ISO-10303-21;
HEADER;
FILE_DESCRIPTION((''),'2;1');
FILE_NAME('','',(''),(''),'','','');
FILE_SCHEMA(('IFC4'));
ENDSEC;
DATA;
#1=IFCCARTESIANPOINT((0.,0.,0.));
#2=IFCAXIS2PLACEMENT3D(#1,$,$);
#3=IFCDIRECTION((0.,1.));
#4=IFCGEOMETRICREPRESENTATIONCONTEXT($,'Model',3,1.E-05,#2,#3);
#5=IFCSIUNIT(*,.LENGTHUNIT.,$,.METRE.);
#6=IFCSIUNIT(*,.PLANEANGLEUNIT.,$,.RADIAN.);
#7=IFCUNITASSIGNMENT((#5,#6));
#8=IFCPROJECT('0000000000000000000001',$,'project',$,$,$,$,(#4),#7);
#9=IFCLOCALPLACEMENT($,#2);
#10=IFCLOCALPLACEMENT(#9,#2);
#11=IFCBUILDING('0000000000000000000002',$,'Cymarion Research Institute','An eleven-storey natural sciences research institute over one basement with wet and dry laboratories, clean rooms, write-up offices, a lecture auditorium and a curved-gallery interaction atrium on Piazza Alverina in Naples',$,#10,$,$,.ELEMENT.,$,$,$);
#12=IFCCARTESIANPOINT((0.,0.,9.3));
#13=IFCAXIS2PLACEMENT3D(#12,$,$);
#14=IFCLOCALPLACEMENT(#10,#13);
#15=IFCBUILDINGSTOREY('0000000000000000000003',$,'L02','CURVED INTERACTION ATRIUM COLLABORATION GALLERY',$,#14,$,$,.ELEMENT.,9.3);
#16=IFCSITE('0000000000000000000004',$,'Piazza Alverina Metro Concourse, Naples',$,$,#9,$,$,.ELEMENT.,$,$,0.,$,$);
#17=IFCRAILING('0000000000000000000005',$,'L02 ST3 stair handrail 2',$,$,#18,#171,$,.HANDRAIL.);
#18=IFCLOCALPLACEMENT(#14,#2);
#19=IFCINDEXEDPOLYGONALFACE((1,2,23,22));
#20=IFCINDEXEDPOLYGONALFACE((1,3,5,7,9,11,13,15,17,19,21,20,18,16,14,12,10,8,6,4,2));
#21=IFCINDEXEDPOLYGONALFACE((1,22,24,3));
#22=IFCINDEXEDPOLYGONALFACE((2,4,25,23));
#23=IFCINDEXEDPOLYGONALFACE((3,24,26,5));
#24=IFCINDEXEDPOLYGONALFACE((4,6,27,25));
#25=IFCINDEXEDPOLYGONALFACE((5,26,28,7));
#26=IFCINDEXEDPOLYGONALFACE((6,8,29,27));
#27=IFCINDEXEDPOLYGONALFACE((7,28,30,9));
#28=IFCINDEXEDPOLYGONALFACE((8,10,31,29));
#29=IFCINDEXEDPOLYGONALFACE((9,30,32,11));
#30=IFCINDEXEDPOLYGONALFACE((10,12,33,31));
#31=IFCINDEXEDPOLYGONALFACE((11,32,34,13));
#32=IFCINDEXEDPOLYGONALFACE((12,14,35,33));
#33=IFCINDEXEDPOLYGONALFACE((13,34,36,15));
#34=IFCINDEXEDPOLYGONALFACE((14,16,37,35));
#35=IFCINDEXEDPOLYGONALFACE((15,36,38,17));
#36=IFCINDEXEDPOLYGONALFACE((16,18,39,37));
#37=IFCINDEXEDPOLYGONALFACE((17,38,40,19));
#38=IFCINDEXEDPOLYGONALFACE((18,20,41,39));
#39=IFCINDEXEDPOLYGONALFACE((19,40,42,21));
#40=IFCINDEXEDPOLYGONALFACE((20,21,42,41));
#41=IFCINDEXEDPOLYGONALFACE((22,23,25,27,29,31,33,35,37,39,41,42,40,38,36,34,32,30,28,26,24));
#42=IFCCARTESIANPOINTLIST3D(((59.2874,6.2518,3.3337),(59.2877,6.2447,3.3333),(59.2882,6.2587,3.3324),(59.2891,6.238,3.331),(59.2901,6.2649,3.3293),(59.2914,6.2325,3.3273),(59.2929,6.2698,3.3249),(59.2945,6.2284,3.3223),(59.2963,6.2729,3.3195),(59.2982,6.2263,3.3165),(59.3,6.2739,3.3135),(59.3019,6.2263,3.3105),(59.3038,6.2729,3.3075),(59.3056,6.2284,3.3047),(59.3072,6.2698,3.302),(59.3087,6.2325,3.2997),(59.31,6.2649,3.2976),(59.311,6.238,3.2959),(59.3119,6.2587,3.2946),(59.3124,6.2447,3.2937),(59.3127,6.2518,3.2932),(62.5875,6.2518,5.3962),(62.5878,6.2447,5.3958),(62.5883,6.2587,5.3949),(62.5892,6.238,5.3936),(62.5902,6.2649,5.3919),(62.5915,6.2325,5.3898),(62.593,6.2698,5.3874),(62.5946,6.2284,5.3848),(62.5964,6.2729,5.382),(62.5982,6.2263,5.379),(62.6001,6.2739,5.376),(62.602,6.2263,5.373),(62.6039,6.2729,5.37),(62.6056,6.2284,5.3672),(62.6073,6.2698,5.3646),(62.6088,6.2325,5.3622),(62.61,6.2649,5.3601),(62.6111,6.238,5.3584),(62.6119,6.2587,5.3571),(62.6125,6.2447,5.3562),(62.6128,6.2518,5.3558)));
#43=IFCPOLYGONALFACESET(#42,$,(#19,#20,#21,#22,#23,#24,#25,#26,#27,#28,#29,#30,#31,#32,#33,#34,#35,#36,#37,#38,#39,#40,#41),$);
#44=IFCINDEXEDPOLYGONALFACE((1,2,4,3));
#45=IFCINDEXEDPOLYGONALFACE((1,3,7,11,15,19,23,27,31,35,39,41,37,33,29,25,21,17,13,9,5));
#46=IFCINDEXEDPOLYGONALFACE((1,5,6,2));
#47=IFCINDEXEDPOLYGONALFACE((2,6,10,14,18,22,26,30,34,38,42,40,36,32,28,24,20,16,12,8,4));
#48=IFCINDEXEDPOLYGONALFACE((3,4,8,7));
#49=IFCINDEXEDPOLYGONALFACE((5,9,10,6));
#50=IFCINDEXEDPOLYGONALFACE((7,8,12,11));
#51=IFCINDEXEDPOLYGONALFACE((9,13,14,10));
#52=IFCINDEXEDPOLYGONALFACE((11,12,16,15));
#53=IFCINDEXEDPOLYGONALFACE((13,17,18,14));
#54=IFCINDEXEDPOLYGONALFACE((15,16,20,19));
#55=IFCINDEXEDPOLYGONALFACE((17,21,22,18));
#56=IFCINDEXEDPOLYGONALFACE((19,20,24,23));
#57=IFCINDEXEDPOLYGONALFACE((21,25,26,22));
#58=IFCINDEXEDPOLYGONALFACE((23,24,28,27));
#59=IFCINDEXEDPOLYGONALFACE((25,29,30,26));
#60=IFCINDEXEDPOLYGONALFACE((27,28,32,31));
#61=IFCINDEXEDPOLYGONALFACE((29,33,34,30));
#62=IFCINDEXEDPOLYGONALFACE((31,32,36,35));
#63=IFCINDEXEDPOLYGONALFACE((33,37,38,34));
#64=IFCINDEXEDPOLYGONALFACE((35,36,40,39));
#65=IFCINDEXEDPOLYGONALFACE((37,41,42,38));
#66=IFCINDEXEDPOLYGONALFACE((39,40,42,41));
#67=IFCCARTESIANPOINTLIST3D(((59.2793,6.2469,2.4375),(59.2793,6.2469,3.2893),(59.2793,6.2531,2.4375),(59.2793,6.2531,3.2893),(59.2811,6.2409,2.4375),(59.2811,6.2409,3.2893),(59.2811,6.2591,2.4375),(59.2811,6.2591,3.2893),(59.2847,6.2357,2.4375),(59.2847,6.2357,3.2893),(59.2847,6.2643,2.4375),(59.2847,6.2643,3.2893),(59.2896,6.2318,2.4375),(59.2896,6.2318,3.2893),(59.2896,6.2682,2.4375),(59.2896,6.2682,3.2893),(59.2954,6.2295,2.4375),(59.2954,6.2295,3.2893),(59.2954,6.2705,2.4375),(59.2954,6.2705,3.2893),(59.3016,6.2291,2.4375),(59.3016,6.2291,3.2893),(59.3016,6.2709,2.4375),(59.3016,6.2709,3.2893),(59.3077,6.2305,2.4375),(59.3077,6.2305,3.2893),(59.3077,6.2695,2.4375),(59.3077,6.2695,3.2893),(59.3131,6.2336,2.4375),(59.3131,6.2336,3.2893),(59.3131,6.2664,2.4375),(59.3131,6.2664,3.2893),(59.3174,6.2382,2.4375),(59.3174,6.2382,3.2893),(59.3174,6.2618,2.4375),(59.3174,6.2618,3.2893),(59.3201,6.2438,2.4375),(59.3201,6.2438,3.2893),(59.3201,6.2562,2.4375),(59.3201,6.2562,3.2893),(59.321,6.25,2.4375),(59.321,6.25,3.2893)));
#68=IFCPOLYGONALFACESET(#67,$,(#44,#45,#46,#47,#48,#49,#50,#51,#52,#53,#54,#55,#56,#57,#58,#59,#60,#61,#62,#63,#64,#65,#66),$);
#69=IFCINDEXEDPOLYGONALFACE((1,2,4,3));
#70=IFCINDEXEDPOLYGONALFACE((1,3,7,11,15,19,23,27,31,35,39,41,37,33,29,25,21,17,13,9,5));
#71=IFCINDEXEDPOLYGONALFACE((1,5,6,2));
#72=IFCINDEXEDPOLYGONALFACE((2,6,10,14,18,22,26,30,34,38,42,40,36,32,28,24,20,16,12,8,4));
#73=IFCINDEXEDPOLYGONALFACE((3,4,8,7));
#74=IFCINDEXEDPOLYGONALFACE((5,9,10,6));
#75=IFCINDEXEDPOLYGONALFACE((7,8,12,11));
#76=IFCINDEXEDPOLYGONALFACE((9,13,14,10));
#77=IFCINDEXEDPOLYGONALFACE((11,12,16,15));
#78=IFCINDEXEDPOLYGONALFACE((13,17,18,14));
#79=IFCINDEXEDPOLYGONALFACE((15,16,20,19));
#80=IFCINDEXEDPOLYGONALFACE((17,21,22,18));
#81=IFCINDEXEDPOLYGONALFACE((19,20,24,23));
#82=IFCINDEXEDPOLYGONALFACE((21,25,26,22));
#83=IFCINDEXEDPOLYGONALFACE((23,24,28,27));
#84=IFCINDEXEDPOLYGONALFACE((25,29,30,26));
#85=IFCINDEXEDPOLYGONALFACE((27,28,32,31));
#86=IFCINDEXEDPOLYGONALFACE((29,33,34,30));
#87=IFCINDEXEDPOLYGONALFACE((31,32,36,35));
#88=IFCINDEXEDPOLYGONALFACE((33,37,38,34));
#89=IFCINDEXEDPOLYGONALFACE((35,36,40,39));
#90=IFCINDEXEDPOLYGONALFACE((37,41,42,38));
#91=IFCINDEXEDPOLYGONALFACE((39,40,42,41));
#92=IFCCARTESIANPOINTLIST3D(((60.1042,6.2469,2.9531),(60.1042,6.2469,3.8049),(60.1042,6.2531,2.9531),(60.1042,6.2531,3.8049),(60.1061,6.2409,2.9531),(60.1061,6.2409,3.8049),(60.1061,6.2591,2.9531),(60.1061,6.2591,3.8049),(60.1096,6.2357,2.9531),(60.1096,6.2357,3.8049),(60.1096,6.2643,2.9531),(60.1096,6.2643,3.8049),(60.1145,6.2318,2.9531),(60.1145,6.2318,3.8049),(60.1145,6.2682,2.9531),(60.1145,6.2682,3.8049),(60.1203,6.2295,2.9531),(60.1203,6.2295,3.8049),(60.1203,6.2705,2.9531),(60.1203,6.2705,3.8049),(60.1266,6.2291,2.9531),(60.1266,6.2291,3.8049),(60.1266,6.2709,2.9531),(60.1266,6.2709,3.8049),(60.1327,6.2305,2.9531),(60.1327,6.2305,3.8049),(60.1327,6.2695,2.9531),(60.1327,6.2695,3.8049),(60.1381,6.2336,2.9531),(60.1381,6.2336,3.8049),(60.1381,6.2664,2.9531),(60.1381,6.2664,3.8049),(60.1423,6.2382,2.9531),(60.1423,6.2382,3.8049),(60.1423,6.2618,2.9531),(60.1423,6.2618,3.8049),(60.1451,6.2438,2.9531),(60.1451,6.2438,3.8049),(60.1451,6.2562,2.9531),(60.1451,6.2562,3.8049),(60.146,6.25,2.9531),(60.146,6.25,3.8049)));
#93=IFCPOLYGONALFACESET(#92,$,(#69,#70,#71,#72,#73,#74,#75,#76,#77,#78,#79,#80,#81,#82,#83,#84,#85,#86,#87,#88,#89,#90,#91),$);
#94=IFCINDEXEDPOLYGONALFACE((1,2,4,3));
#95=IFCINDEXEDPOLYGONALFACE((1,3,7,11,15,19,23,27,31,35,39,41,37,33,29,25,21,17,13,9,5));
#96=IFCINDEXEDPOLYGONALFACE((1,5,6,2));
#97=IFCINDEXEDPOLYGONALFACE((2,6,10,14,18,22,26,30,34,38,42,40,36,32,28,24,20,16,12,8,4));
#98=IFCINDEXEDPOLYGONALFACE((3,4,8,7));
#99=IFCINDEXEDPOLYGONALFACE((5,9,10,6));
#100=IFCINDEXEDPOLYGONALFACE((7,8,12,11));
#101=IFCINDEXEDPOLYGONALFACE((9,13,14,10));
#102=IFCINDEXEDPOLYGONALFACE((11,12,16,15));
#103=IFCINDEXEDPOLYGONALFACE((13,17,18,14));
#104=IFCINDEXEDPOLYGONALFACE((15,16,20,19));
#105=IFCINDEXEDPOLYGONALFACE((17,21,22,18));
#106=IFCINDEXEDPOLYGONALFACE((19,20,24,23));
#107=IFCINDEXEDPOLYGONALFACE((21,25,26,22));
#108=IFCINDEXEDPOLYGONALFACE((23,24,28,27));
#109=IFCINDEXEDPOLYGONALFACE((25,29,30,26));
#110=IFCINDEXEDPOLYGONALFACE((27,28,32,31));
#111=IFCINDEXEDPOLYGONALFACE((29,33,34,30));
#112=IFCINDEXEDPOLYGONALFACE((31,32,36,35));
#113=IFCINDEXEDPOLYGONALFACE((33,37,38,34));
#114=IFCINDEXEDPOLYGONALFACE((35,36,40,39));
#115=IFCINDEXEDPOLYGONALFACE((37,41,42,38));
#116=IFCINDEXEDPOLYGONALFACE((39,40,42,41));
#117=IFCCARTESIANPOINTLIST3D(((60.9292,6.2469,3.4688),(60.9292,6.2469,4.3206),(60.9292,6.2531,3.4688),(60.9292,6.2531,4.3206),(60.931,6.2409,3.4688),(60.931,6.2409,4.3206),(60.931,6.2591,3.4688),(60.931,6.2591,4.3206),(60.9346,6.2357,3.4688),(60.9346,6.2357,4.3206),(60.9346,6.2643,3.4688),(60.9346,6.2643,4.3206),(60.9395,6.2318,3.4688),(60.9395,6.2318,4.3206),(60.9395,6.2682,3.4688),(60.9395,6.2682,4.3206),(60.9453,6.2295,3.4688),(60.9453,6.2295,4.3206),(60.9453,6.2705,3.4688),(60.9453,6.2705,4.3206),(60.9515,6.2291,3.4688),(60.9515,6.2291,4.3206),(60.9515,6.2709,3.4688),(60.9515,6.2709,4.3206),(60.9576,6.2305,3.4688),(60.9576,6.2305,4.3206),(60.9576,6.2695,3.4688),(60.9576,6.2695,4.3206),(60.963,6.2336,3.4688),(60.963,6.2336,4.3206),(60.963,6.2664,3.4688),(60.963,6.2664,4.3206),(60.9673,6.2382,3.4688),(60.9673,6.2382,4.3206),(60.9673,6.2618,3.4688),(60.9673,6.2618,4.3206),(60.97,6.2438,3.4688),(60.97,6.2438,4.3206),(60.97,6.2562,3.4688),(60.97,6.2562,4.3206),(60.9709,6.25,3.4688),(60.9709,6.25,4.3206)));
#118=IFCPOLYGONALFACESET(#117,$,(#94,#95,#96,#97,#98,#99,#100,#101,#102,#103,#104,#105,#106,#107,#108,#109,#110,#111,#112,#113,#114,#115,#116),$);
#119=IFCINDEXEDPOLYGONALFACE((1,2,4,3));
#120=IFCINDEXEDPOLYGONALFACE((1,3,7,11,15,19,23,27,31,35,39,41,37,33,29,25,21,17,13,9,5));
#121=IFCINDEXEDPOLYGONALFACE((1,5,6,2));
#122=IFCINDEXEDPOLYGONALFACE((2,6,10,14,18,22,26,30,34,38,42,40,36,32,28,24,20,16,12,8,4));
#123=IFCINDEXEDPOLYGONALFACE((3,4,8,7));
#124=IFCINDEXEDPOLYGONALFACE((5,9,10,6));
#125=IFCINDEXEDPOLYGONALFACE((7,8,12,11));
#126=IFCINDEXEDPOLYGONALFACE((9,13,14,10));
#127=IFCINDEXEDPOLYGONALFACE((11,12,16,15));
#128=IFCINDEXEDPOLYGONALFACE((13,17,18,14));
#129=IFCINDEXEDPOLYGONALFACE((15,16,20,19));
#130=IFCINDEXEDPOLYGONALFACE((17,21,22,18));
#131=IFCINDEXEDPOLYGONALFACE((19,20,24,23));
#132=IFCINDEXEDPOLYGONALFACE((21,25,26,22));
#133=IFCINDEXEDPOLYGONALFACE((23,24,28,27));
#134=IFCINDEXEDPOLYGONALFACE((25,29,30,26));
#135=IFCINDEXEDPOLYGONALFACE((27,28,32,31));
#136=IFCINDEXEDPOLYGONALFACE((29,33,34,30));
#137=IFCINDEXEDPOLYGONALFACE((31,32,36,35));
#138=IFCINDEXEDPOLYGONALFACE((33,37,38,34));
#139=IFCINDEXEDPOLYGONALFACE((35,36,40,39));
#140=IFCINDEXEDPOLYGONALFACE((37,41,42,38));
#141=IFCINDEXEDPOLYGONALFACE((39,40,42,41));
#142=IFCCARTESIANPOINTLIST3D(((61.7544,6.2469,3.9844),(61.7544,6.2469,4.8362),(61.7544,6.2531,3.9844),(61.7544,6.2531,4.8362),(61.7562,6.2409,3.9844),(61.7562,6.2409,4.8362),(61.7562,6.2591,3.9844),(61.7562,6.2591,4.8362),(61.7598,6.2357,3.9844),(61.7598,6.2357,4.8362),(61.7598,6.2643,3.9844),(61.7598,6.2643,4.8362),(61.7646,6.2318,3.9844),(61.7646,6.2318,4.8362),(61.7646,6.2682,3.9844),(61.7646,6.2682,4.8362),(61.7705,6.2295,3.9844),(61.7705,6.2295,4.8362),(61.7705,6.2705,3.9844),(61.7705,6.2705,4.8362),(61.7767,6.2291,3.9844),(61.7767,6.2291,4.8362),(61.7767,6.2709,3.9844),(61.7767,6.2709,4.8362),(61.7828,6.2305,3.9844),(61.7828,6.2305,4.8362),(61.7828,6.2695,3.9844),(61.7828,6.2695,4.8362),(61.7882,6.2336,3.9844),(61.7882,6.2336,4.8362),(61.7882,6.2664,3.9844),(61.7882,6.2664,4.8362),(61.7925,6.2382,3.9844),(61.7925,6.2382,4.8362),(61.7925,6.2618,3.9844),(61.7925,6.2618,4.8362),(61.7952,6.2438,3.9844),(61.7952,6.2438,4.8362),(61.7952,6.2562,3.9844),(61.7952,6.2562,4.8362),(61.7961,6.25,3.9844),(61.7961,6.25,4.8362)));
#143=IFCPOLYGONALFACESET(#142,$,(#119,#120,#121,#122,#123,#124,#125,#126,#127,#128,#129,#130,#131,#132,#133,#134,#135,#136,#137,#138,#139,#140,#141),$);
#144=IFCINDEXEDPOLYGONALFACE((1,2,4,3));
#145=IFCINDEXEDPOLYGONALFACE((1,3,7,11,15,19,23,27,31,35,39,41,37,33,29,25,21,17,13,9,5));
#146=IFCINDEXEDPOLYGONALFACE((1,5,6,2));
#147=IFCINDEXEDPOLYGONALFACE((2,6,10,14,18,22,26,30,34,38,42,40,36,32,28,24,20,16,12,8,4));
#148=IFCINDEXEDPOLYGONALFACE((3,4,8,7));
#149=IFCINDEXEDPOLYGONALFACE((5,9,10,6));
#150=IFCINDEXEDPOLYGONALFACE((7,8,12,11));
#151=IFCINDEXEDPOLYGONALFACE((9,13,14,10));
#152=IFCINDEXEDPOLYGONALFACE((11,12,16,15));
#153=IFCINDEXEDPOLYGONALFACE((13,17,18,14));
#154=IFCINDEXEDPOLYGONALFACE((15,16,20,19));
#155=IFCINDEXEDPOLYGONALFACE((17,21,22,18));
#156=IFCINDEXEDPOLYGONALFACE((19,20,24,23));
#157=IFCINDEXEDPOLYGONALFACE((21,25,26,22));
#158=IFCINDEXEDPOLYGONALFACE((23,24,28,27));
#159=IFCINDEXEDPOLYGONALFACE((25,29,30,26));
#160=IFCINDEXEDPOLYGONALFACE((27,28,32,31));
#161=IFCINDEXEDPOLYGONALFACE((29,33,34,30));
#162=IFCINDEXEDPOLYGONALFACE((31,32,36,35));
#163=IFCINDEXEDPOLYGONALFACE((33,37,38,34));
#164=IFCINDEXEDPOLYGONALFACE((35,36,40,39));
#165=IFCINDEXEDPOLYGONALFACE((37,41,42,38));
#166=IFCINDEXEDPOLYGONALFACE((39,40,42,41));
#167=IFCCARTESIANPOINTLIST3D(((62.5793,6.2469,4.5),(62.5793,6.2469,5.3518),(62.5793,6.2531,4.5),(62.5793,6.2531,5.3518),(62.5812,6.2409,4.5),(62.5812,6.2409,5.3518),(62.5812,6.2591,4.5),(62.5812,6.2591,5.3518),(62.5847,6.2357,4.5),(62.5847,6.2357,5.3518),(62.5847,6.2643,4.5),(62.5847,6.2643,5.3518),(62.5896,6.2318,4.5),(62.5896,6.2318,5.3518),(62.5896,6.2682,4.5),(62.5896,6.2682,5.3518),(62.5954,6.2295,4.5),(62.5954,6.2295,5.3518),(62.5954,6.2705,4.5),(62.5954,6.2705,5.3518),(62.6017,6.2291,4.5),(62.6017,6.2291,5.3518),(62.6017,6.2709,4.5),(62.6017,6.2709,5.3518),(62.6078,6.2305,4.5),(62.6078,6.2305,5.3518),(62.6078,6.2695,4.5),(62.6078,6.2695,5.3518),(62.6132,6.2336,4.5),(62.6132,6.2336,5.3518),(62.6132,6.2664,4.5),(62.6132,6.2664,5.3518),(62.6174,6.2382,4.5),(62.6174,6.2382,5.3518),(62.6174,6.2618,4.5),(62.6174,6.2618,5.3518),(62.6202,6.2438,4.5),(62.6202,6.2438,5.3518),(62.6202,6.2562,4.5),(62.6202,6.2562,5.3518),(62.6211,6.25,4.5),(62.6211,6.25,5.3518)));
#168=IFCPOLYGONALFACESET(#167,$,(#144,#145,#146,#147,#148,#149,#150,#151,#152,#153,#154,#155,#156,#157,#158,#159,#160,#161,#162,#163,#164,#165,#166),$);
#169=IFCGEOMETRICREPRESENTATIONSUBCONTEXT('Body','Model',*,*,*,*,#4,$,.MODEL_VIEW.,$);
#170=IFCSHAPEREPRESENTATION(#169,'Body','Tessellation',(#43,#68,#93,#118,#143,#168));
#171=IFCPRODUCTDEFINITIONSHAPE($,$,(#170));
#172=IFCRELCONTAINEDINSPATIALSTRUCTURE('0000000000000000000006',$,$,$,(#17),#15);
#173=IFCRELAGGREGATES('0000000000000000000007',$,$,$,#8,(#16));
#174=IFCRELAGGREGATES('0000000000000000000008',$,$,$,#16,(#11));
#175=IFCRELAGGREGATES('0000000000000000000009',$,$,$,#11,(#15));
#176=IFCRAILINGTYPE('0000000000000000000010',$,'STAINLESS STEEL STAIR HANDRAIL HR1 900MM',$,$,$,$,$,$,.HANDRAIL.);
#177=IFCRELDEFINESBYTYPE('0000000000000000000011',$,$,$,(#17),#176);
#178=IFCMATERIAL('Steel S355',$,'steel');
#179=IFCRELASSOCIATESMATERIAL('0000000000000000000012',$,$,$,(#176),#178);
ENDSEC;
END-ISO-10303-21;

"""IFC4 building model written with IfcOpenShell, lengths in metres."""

from ifc_helpers import new_model, si_unit, direction, frame, origin, origin_2d, place, context, subcontext, project, spatial, circle, extrude, material, type_object, element, save


model = new_model("IFC4")

# Units and contexts
model_context = context("Model", 3, precision=1e-05, world=origin(), true_north=direction((0.0, 1.0)))
body_context = subcontext(model_context, "Body", "Model", "MODEL_VIEW")
ifc_project = project(units=[si_unit("LENGTHUNIT", "METRE"), si_unit("PLANEANGLEUNIT", "RADIAN")], contexts=[model_context])

# Site, building, storey
site_placement = place(None, origin())
site = spatial("IfcSite", under=ifc_project, at=site_placement, Name="Piazza Alverina Metro Concourse, Naples", CompositionType="ELEMENT", RefElevation=0.0)
building_placement = place(site_placement, origin())
building = spatial("IfcBuilding", under=site, at=building_placement, Name="Cymarion Research Institute", Description="An eleven-storey natural sciences research institute over one basement with wet and dry laboratories, clean rooms, write-up offices, a lecture auditorium and a curved-gallery interaction atrium on Piazza Alverina in Naples", CompositionType="ELEMENT")
storey_placement = place(building_placement, frame((0.0, 0.0, 9.3)))
storey = spatial("IfcBuildingStorey", under=building, at=storey_placement, Name="L02", Description="CURVED INTERACTION ATRIUM COLLABORATION GALLERY", CompositionType="ELEMENT", Elevation=9.3)

# Shared definitions
ifc_material_1 = material(Name="Steel S355", Category="steel")

# Railing
railing_type_1 = type_object("IfcRailingType", Name="STAINLESS STEEL STAIR HANDRAIL HR1 900MM", PredefinedType="HANDRAIL", material=ifc_material_1)
railing_1_placement = place(storey_placement, frame((59.3, 6.25, 2.4375)))
element("IfcRailing", 1, at=railing_1_placement, inside=storey, type_object=railing_type_1, Name="L02 ST3 stair handrail 2", PredefinedType="HANDRAIL", context=body_context, shape_type="SweptSolid", body=[
    extrude(circle(Radius=0.0239, at=origin_2d()), frame((0.0, 0.0, 0.876), z_axis=(0.848002, 0.0, 0.529993), x_axis=(0.0, 1.0, 0.0)), (0.0, 0.0, 1.0), 3.8916),
    extrude(circle(Radius=0.021, at=origin_2d()), origin(), (0.0, 0.0, 1.0), 0.8518),
    extrude(circle(Radius=0.021, at=origin_2d()), frame((0.825, 0.0, 0.5156)), (0.0, 0.0, 1.0), 0.8518),
    extrude(circle(Radius=0.021, at=origin_2d()), frame((1.6499, 0.0, 1.0312)), (0.0, 0.0, 1.0), 0.8518),
    extrude(circle(Radius=0.021, at=origin_2d()), frame((2.4751, 0.0, 1.5469)), (0.0, 0.0, 1.0), 0.8518),
    extrude(circle(Radius=0.021, at=origin_2d()), frame((3.3, 0.0, 2.0625)), (0.0, 0.0, 1.0), 0.8518),
])

save(model, "model.ifc")
